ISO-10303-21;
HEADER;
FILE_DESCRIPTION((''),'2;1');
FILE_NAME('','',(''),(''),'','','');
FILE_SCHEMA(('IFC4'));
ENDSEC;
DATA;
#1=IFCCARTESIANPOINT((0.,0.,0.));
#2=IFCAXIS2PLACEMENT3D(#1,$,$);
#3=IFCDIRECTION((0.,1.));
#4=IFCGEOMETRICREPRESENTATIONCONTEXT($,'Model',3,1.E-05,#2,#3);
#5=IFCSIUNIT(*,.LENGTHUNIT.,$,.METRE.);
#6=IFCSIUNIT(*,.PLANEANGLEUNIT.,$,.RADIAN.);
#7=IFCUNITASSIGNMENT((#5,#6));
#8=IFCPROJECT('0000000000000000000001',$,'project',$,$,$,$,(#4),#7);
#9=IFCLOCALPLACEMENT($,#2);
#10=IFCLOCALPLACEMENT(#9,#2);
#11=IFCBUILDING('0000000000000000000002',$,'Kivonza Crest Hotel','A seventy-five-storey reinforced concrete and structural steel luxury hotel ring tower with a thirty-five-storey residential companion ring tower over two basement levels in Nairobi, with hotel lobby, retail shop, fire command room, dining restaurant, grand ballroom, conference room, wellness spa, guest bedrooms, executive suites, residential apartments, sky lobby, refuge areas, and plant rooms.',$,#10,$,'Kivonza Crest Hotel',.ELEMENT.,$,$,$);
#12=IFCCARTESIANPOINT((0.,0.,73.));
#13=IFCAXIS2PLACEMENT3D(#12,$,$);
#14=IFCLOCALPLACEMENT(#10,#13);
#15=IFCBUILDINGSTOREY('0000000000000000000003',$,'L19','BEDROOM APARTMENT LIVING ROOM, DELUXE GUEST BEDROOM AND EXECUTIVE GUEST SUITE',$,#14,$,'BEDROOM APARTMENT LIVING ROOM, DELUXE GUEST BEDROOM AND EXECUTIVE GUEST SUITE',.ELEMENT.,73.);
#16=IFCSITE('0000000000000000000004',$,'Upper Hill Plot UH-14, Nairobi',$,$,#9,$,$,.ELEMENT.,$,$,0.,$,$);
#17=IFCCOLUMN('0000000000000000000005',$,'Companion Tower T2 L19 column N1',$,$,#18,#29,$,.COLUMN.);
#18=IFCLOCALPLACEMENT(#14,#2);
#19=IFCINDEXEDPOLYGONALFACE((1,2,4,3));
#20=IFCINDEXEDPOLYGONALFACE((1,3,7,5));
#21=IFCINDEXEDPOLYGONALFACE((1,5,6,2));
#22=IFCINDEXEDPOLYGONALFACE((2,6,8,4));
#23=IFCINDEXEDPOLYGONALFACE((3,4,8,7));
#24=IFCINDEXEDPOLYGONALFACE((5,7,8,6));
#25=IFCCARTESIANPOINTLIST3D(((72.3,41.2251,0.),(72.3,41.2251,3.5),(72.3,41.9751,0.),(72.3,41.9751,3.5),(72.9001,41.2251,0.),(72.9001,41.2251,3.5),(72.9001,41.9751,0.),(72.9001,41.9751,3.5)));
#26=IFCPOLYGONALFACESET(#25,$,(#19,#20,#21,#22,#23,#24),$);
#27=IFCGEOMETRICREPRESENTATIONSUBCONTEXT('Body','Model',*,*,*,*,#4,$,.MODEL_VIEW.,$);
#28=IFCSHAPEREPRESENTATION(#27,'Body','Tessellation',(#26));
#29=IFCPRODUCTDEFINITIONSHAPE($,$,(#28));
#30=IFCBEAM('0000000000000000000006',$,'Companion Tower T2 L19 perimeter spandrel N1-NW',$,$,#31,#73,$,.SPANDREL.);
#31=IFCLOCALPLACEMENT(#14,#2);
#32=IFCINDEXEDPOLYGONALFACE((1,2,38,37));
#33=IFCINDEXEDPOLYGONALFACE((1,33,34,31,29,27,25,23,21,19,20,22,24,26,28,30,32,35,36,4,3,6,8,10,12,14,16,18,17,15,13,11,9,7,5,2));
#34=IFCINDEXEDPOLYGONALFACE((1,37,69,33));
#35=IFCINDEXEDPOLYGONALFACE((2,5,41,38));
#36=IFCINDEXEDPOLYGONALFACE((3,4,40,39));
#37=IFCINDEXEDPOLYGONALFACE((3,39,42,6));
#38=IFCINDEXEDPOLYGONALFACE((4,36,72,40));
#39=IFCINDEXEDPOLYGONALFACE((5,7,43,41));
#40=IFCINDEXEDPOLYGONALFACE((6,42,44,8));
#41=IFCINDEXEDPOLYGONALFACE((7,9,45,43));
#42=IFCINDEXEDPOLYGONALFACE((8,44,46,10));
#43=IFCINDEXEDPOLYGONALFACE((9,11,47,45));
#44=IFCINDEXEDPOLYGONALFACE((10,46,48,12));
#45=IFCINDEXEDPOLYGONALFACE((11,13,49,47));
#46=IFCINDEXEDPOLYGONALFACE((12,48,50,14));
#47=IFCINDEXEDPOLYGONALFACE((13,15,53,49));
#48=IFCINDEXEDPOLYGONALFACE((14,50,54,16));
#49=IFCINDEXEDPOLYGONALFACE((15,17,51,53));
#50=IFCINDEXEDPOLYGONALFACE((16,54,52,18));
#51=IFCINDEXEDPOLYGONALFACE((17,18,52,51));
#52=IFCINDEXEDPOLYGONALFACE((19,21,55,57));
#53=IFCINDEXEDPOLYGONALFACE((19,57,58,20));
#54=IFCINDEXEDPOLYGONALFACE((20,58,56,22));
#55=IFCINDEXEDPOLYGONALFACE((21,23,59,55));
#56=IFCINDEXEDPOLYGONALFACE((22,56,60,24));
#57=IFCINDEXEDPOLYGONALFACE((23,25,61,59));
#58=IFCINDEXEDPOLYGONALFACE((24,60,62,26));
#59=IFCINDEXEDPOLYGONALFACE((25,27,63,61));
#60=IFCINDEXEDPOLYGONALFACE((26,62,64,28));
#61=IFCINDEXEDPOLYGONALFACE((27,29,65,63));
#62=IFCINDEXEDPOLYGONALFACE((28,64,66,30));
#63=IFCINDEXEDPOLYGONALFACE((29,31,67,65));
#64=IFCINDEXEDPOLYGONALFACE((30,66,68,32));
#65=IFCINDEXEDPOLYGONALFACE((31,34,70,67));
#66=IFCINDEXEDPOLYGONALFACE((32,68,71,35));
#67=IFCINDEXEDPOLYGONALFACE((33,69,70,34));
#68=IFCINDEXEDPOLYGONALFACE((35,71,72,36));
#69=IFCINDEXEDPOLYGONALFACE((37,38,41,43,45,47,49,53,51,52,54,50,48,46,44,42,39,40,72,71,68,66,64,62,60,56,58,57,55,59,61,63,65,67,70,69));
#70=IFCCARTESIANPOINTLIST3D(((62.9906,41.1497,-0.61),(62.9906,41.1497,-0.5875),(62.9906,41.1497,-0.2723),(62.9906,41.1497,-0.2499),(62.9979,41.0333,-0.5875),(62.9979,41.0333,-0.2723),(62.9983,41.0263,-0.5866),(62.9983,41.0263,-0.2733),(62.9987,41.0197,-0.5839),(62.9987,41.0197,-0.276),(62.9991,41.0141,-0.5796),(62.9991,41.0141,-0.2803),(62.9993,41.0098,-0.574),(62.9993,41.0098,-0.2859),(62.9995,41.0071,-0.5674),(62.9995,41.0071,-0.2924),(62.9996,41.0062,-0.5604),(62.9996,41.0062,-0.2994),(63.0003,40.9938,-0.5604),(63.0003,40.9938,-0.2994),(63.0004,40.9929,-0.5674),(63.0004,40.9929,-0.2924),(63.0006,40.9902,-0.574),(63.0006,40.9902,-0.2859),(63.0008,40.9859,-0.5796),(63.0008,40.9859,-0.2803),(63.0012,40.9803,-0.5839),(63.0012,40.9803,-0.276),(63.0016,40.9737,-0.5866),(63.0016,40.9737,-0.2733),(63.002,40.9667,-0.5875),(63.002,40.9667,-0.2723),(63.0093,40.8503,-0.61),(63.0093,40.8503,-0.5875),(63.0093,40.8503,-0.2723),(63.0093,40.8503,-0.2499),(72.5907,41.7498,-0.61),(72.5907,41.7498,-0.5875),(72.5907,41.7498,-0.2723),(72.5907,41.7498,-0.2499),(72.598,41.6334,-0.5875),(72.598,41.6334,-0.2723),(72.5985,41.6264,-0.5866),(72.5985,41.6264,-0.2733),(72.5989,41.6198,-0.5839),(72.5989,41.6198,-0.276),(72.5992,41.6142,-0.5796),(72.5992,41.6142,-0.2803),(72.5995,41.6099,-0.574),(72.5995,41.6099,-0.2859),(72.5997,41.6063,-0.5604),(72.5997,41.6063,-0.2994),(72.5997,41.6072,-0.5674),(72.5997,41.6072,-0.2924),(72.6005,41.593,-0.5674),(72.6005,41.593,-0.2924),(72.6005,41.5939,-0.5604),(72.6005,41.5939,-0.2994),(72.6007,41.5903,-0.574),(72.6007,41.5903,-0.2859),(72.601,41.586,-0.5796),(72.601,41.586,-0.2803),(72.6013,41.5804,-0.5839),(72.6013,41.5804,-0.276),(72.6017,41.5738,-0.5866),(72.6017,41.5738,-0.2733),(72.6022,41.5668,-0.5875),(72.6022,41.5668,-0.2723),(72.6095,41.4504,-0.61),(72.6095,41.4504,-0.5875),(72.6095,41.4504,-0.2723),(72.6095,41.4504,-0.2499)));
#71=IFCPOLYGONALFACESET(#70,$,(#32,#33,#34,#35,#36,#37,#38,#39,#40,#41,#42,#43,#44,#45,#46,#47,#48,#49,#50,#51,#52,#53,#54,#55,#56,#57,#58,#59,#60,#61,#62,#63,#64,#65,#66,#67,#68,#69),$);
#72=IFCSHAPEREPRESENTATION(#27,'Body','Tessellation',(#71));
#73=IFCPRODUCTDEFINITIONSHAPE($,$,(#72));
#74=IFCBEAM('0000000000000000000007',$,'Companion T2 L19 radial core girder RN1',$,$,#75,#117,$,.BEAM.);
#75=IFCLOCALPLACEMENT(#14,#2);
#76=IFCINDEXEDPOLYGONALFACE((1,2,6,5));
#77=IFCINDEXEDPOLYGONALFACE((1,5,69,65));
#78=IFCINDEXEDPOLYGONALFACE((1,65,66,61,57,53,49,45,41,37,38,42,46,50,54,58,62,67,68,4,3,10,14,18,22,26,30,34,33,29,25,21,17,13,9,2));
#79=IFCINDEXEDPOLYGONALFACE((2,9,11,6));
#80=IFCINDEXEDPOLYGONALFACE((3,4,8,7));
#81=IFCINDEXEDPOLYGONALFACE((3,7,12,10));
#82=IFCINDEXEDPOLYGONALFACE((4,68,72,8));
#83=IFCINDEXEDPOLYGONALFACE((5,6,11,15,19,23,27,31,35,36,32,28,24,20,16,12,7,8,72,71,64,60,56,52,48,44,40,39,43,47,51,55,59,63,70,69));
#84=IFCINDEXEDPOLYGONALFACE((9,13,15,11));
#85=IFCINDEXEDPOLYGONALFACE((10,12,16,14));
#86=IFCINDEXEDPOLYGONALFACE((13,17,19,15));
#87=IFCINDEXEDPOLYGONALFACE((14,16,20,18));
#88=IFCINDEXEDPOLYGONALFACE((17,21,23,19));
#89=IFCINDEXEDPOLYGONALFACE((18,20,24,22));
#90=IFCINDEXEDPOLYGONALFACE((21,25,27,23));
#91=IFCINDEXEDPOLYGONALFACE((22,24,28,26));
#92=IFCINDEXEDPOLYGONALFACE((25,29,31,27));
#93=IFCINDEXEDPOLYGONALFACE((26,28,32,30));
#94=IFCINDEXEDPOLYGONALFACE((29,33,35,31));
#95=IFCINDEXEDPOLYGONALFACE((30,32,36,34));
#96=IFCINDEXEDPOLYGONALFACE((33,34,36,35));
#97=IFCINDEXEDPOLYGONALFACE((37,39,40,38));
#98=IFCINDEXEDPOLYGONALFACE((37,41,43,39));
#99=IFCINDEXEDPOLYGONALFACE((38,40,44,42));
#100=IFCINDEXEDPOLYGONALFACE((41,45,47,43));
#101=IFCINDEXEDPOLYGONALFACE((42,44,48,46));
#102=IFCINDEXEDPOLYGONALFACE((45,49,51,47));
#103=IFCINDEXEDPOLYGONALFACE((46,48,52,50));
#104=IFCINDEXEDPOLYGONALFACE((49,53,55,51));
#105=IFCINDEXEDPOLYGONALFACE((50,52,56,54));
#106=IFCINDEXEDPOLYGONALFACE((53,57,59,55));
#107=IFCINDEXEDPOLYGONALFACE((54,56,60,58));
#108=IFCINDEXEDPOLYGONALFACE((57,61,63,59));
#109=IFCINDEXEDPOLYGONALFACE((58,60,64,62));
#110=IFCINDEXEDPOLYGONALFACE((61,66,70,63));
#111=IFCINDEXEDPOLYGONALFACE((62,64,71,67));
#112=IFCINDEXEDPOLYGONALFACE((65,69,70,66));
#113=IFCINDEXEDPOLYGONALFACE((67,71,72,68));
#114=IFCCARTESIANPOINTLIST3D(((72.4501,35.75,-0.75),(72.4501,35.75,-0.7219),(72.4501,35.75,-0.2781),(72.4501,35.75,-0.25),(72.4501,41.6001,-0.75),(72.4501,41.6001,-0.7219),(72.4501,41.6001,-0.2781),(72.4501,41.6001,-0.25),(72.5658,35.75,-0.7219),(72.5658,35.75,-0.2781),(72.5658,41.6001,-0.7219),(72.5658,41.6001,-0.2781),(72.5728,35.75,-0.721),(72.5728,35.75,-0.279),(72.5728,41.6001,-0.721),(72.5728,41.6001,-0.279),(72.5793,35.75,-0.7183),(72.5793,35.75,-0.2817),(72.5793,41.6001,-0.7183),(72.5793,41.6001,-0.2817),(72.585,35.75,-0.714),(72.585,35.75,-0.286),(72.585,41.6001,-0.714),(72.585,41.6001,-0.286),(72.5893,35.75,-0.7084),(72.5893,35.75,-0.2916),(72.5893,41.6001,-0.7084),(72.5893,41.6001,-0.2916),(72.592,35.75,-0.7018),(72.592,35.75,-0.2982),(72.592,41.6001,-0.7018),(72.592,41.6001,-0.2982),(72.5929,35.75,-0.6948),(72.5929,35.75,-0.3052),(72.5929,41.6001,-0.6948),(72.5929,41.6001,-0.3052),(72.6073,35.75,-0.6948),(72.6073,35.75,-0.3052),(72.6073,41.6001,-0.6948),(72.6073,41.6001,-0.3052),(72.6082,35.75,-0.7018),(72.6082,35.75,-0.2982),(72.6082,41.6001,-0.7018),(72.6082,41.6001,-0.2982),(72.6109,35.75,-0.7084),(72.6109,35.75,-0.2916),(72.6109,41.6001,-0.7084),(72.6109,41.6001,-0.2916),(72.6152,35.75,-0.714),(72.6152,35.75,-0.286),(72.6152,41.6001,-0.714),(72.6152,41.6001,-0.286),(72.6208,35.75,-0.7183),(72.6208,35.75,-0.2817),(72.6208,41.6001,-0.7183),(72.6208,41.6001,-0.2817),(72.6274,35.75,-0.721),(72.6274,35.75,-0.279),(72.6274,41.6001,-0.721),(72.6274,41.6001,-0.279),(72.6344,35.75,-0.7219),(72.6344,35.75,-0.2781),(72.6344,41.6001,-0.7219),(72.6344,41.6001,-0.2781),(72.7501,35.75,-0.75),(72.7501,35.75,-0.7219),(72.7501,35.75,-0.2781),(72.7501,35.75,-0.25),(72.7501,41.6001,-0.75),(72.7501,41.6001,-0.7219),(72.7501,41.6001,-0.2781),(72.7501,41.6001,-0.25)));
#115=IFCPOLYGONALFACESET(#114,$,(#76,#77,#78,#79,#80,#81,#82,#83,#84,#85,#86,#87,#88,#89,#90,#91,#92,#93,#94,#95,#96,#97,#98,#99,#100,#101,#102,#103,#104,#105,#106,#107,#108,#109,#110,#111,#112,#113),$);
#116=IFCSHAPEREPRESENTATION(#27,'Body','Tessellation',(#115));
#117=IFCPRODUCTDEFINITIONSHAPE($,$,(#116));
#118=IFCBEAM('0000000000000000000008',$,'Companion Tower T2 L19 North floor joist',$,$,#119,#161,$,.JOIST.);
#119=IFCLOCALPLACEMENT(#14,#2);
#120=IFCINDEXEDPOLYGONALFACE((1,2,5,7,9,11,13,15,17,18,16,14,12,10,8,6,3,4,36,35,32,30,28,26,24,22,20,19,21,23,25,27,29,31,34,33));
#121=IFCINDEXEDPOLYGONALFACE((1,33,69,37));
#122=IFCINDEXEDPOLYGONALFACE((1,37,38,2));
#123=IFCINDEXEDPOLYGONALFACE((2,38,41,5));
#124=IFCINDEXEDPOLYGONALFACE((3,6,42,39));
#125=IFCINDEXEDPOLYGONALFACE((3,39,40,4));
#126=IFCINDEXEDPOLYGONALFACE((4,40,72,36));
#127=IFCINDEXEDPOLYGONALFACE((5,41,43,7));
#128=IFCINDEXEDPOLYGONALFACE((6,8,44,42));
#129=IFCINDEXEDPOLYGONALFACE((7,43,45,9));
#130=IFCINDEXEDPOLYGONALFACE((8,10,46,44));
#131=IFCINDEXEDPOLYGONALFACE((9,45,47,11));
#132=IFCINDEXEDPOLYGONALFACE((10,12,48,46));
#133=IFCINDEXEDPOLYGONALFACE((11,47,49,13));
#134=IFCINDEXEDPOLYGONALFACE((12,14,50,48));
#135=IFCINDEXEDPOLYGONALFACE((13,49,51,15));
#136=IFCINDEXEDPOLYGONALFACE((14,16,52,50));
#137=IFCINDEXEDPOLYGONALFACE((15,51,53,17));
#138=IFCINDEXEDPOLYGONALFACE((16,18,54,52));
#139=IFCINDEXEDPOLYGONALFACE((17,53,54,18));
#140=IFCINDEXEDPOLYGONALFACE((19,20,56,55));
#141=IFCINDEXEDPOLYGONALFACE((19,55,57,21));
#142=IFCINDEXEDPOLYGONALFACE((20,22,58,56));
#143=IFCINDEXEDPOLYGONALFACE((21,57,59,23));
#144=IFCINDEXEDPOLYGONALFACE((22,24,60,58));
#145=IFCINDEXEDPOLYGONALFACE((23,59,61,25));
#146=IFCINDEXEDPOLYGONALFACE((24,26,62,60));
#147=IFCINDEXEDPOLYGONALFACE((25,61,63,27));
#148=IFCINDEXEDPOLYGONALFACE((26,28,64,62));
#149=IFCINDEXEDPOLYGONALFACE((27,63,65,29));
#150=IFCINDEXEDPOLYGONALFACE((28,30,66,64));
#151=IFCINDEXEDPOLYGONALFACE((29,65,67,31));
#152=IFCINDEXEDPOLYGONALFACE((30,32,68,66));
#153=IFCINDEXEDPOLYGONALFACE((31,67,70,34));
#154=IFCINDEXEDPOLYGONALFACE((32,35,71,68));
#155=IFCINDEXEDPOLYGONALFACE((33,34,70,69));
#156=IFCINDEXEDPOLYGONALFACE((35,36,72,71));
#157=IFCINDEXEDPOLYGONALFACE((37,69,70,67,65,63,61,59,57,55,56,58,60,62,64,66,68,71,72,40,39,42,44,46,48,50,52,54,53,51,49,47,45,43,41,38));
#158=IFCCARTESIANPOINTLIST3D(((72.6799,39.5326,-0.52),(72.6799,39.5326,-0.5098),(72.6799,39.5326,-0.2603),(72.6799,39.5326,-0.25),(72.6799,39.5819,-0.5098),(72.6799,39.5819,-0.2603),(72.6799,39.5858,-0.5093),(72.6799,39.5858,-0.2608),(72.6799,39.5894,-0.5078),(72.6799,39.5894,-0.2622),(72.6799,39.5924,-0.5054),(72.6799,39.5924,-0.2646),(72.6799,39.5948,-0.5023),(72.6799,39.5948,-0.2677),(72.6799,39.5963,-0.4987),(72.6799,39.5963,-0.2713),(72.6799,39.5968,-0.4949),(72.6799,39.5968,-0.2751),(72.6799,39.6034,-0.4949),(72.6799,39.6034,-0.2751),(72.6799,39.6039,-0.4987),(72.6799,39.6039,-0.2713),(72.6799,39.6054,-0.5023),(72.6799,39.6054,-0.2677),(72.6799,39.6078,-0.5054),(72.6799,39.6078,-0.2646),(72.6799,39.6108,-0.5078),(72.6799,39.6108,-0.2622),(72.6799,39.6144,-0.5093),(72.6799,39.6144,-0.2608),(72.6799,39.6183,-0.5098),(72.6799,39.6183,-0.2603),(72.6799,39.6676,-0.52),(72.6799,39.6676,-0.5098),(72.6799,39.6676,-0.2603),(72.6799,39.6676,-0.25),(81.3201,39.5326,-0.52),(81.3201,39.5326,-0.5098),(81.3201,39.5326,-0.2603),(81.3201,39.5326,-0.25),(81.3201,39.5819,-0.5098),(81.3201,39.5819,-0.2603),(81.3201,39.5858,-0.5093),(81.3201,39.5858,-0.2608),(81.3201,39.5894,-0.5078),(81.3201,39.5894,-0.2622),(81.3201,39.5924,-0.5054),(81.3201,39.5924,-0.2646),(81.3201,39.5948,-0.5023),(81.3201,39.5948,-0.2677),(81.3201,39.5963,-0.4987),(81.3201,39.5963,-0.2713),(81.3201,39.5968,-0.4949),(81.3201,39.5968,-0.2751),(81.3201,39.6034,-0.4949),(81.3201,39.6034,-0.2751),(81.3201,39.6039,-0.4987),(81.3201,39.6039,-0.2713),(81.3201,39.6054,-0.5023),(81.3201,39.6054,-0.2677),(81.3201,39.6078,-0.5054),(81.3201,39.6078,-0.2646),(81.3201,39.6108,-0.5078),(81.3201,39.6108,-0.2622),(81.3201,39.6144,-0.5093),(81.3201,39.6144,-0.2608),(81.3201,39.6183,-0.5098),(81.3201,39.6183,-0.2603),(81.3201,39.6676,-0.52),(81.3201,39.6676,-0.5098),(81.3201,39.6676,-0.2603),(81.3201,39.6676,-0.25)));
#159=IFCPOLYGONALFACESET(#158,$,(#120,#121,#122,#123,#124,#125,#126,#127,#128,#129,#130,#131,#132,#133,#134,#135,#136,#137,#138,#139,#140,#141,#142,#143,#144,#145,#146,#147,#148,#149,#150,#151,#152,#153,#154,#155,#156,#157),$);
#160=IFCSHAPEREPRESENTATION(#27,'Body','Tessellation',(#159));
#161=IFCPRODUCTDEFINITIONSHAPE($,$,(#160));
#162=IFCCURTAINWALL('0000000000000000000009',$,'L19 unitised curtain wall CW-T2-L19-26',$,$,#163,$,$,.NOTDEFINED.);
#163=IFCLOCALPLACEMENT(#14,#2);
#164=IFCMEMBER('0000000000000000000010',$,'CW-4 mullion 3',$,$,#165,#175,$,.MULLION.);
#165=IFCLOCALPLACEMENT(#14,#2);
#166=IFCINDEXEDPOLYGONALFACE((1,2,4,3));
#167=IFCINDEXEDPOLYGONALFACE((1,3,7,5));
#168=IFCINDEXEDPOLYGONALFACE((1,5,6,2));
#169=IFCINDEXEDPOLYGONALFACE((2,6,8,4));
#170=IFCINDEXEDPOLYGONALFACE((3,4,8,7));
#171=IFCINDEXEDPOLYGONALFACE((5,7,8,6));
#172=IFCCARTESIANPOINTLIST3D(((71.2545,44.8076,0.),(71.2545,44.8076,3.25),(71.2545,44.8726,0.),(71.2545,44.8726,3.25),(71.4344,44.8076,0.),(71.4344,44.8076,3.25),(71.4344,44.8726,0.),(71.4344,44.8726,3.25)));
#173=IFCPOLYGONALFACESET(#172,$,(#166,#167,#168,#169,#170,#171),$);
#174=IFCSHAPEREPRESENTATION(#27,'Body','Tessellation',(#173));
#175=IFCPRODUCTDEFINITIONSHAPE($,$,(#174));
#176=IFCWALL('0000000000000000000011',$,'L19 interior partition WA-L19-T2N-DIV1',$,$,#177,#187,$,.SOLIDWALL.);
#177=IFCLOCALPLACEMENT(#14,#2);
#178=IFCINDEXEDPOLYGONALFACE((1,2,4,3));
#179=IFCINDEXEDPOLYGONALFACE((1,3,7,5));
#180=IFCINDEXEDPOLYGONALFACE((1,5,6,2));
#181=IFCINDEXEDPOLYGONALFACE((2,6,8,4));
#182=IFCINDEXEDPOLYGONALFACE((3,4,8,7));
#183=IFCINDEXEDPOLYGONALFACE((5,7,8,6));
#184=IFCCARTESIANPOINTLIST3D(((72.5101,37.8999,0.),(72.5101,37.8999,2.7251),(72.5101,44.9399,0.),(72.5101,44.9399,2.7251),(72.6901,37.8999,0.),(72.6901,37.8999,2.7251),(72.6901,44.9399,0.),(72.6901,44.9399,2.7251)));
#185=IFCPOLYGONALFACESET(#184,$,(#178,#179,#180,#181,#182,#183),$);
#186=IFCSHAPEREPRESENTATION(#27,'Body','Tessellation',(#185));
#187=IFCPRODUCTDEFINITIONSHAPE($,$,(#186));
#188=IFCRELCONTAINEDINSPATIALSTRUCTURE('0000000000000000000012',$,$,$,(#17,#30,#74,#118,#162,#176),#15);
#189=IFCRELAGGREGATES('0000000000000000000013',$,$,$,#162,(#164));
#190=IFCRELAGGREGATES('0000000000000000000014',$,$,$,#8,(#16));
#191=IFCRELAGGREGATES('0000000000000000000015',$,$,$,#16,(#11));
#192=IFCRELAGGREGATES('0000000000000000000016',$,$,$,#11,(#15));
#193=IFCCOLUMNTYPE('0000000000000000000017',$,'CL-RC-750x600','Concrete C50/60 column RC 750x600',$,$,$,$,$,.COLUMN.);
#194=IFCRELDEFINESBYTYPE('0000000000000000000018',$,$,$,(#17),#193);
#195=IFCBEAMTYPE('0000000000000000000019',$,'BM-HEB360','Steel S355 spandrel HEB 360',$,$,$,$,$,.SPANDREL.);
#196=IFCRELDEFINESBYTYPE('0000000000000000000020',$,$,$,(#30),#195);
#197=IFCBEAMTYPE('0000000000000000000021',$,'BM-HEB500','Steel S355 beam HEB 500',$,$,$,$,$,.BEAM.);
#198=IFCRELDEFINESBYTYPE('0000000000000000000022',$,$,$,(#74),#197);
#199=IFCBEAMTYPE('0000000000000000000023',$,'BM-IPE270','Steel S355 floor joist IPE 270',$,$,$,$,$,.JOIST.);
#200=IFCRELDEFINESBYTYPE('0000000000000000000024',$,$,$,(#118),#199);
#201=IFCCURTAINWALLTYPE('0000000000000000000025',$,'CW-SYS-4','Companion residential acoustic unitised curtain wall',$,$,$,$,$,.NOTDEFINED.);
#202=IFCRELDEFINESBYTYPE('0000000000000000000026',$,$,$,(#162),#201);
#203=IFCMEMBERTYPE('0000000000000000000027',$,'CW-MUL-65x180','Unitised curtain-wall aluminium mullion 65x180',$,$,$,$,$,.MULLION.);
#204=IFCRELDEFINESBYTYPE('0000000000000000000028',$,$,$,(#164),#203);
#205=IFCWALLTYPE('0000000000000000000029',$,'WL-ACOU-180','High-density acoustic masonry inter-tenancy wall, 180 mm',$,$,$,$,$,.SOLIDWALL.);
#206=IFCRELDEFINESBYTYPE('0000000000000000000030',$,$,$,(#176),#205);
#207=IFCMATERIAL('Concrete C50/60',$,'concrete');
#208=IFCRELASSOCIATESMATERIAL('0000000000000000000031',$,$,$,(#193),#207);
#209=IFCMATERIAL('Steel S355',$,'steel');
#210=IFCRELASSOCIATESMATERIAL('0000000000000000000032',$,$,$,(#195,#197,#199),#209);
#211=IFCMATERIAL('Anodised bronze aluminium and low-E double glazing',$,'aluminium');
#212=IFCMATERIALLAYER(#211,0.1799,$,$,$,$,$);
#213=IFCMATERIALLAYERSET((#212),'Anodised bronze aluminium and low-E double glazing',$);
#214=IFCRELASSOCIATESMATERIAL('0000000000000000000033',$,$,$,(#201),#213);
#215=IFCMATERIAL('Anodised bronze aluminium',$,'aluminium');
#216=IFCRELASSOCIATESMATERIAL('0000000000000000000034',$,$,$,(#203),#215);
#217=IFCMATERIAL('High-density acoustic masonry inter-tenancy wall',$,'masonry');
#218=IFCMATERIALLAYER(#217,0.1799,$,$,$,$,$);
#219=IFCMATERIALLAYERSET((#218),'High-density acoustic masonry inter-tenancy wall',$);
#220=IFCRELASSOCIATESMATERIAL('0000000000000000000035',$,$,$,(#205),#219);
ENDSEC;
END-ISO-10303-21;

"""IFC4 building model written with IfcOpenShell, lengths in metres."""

from ifc_helpers import new_model, si_unit, direction, frame, frame_2d, origin, origin_2d, place, context, subcontext, project, spatial, rectangle, i_section, extrude, material, layer, layer_set, material_profile, profile_set, type_object, element, aggregate, save


model = new_model("IFC4")

# Units and contexts
model_context = context("Model", 3, precision=1e-05, world=origin(), true_north=direction((0.0, 1.0)))
body_context = subcontext(model_context, "Body", "Model", "MODEL_VIEW")
ifc_project = project(units=[si_unit("LENGTHUNIT", "METRE"), si_unit("PLANEANGLEUNIT", "RADIAN")], contexts=[model_context])

# Site, building, storey
site_placement = place(None, origin())
site = spatial("IfcSite", under=ifc_project, at=site_placement, Name="Upper Hill Plot UH-14, Nairobi", CompositionType="ELEMENT", RefElevation=0.0)
building_placement = place(site_placement, origin())
building = spatial("IfcBuilding", under=site, at=building_placement, Name="Kivonza Crest Hotel", Description="A seventy-five-storey reinforced concrete and structural steel luxury hotel ring tower with a thirty-five-storey residential companion ring tower over two basement levels in Nairobi, with hotel lobby, retail shop, fire command room, dining restaurant, grand ballroom, conference room, wellness spa, guest bedrooms, executive suites, residential apartments, sky lobby, refuge areas, and plant rooms.", LongName="Kivonza Crest Hotel", CompositionType="ELEMENT")
storey_placement = place(building_placement, frame((0.0, 0.0, 73.0)))
storey = spatial("IfcBuildingStorey", under=building, at=storey_placement, Name="L19", Description="BEDROOM APARTMENT LIVING ROOM, DELUXE GUEST BEDROOM AND EXECUTIVE GUEST SUITE", LongName="BEDROOM APARTMENT LIVING ROOM, DELUXE GUEST BEDROOM AND EXECUTIVE GUEST SUITE", CompositionType="ELEMENT", Elevation=73.0)

# Column
ifc_material_1 = material(Name="Concrete C50/60", Category="concrete")
ifc_material_profile_1 = material_profile(ifc_material_1, rectangle(XDim=0.6001, YDim=0.75, at=origin_2d()), Name="RC 750x600")
ifc_profile_set_1 = profile_set([ifc_material_profile_1], Name="Concrete C50/60")
column_type = type_object("IfcColumnType", Name="CL-RC-750x600", Description="Concrete C50/60 column RC 750x600", PredefinedType="COLUMN", material=ifc_profile_set_1)
column_placement = place(storey_placement, frame((72.6001, 41.6001, 0.0), z_axis=(0.0, 0.0, 1.0), x_axis=(1.0, 0.0, 0.0)))
element("IfcColumn", 1, at=column_placement, inside=storey, type_object=column_type, Name="Companion Tower T2 L19 column N1", PredefinedType="COLUMN", context=body_context, shape_type="SweptSolid", body=[
    extrude(rectangle(XDim=0.6001, YDim=0.75, at=origin_2d()), origin(), (0.0, 0.0, 1.0), 3.5),
])

# Beams
ifc_material_2 = material(Name="Steel S355", Category="steel")
ifc_material_profile_2 = material_profile(ifc_material_2, i_section(OverallWidth=0.3, OverallDepth=0.3601, WebThickness=0.0125, FlangeThickness=0.0225, FilletRadius=0.0271, at=origin_2d()), Name="HEB 360")
ifc_profile_set_2 = profile_set([ifc_material_profile_2], Name="Steel S355")
beam_type_1 = type_object("IfcBeamType", Name="BM-HEB360", Description="Steel S355 spandrel HEB 360", PredefinedType="SPANDREL", material=ifc_profile_set_2)
beam_1_placement = place(storey_placement, frame((72.6001, 41.6001, -0.4299), z_axis=(-0.998052, -0.062388, 0.0), x_axis=(0.062388, -0.998052, 0.0)))
element("IfcBeam", 2, at=beam_1_placement, inside=storey, type_object=beam_type_1, Name="Companion Tower T2 L19 perimeter spandrel N1-NW", PredefinedType="SPANDREL", context=body_context, shape_type="SweptSolid", body=[
    extrude(i_section(OverallWidth=0.3, OverallDepth=0.3601, WebThickness=0.0125, FlangeThickness=0.0225, FilletRadius=0.0271, at=origin_2d()), origin(), (0.0, 0.0, 1.0), 9.6189),
])
ifc_material_profile_3 = material_profile(ifc_material_2, i_section(OverallWidth=0.3, OverallDepth=0.5, WebThickness=0.0144, FlangeThickness=0.0281, FilletRadius=0.0271, at=origin_2d()), Name="HEB 500")
ifc_profile_set_3 = profile_set([ifc_material_profile_3], Name="Steel S355")
beam_type_2 = type_object("IfcBeamType", Name="BM-HEB500", Description="Steel S355 beam HEB 500", PredefinedType="BEAM", material=ifc_profile_set_3)
beam_2_placement = place(storey_placement, frame((72.6001, 41.6001, -0.5), z_axis=(0.0, -1.0, 0.0), x_axis=(1.0, 0.0, 0.0)))
element("IfcBeam", 3, at=beam_2_placement, inside=storey, type_object=beam_type_2, Name="Companion T2 L19 radial core girder RN1", PredefinedType="BEAM", context=body_context, shape_type="SweptSolid", body=[
    extrude(i_section(OverallWidth=0.3, OverallDepth=0.5, WebThickness=0.0144, FlangeThickness=0.0281, FilletRadius=0.0271, at=origin_2d()), origin(), (0.0, 0.0, 1.0), 5.8501),
])
ifc_material_profile_4 = material_profile(ifc_material_2, i_section(OverallWidth=0.135, OverallDepth=0.27, WebThickness=0.0066, FlangeThickness=0.0103, FilletRadius=0.0149, at=origin_2d()), Name="IPE 270")
ifc_profile_set_4 = profile_set([ifc_material_profile_4], Name="Steel S355")
beam_type_3 = type_object("IfcBeamType", Name="BM-IPE270", Description="Steel S355 floor joist IPE 270", PredefinedType="JOIST", material=ifc_profile_set_4)
beam_3_placement = place(storey_placement, frame((72.6799, 39.6001, -0.385), z_axis=(1.0, 0.0, 0.0), x_axis=(0.0, 1.0, 0.0)))
element("IfcBeam", 4, at=beam_3_placement, inside=storey, type_object=beam_type_3, Name="Companion Tower T2 L19 North floor joist", PredefinedType="JOIST", context=body_context, shape_type="SweptSolid", body=[
    extrude(i_section(OverallWidth=0.135, OverallDepth=0.27, WebThickness=0.0066, FlangeThickness=0.0103, FilletRadius=0.0149, at=origin_2d()), origin(), (0.0, 0.0, 1.0), 8.6401),
])

# Curtain wall, member
ifc_material_3 = material(Name="Anodised bronze aluminium and low-E double glazing", Category="aluminium")
ifc_layer_1 = layer(ifc_material_3, 0.1799)
ifc_layer_set_1 = layer_set([ifc_layer_1], Name="Anodised bronze aluminium and low-E double glazing")
curtain_wall_type = type_object("IfcCurtainWallType", Name="CW-SYS-4", Description="Companion residential acoustic unitised curtain wall", PredefinedType="NOTDEFINED", material=ifc_layer_set_1)
curtain_wall_placement = place(storey_placement, origin())
curtain_wall = element("IfcCurtainWall", 5, at=curtain_wall_placement, inside=storey, type_object=curtain_wall_type, Name="L19 unitised curtain wall CW-T2-L19-26", PredefinedType="NOTDEFINED")
ifc_material_4 = material(Name="Anodised bronze aluminium", Category="aluminium")
ifc_material_profile_5 = material_profile(ifc_material_4, rectangle(XDim=0.0649, YDim=0.1799, at=origin_2d()), Name="CW-M 65x180")
ifc_profile_set_5 = profile_set([ifc_material_profile_5], Name="Anodised bronze aluminium")
member_type = type_object("IfcMemberType", Name="CW-MUL-65x180", Description="Unitised curtain-wall aluminium mullion 65x180", PredefinedType="MULLION", material=ifc_profile_set_5)
member_placement = place(storey_placement, frame((71.3445, 44.8401, 0.0), z_axis=(0.0, 0.0, 1.0), x_axis=(0.0, -1.0, 0.0)))
member = element("IfcMember", 6, at=member_placement, type_object=member_type, Name="CW-4 mullion 3", PredefinedType="MULLION", context=body_context, shape_type="SweptSolid", body=[
    extrude(rectangle(XDim=0.0649, YDim=0.1799, at=origin_2d()), origin(), (0.0, 0.0, 1.0), 3.25),
])
aggregate(curtain_wall, [member])

# Wall
ifc_material_5 = material(Name="High-density acoustic masonry inter-tenancy wall", Category="masonry")
ifc_layer_2 = layer(ifc_material_5, 0.1799)
ifc_layer_set_2 = layer_set([ifc_layer_2], Name="High-density acoustic masonry inter-tenancy wall")
wall_type_1 = type_object("IfcWallType", Name="WL-ACOU-180", Description="High-density acoustic masonry inter-tenancy wall, 180 mm", PredefinedType="SOLIDWALL", material=ifc_layer_set_2)
wall_1_placement = place(storey_placement, frame((72.6001, 37.8999, 0.0), z_axis=(0.0, 0.0, 1.0), x_axis=(0.0, 1.0, 0.0)))
element("IfcWall", 7, at=wall_1_placement, inside=storey, type_object=wall_type_1, Name="L19 interior partition WA-L19-T2N-DIV1", PredefinedType="SOLIDWALL", context=body_context, shape_type="SweptSolid", body=[
    extrude(rectangle(XDim=7.04, YDim=0.1799, at=frame_2d((3.52, 0.0))), origin(), (0.0, 0.0, 1.0), 2.7251),
])

save(model, "model.ifc")
